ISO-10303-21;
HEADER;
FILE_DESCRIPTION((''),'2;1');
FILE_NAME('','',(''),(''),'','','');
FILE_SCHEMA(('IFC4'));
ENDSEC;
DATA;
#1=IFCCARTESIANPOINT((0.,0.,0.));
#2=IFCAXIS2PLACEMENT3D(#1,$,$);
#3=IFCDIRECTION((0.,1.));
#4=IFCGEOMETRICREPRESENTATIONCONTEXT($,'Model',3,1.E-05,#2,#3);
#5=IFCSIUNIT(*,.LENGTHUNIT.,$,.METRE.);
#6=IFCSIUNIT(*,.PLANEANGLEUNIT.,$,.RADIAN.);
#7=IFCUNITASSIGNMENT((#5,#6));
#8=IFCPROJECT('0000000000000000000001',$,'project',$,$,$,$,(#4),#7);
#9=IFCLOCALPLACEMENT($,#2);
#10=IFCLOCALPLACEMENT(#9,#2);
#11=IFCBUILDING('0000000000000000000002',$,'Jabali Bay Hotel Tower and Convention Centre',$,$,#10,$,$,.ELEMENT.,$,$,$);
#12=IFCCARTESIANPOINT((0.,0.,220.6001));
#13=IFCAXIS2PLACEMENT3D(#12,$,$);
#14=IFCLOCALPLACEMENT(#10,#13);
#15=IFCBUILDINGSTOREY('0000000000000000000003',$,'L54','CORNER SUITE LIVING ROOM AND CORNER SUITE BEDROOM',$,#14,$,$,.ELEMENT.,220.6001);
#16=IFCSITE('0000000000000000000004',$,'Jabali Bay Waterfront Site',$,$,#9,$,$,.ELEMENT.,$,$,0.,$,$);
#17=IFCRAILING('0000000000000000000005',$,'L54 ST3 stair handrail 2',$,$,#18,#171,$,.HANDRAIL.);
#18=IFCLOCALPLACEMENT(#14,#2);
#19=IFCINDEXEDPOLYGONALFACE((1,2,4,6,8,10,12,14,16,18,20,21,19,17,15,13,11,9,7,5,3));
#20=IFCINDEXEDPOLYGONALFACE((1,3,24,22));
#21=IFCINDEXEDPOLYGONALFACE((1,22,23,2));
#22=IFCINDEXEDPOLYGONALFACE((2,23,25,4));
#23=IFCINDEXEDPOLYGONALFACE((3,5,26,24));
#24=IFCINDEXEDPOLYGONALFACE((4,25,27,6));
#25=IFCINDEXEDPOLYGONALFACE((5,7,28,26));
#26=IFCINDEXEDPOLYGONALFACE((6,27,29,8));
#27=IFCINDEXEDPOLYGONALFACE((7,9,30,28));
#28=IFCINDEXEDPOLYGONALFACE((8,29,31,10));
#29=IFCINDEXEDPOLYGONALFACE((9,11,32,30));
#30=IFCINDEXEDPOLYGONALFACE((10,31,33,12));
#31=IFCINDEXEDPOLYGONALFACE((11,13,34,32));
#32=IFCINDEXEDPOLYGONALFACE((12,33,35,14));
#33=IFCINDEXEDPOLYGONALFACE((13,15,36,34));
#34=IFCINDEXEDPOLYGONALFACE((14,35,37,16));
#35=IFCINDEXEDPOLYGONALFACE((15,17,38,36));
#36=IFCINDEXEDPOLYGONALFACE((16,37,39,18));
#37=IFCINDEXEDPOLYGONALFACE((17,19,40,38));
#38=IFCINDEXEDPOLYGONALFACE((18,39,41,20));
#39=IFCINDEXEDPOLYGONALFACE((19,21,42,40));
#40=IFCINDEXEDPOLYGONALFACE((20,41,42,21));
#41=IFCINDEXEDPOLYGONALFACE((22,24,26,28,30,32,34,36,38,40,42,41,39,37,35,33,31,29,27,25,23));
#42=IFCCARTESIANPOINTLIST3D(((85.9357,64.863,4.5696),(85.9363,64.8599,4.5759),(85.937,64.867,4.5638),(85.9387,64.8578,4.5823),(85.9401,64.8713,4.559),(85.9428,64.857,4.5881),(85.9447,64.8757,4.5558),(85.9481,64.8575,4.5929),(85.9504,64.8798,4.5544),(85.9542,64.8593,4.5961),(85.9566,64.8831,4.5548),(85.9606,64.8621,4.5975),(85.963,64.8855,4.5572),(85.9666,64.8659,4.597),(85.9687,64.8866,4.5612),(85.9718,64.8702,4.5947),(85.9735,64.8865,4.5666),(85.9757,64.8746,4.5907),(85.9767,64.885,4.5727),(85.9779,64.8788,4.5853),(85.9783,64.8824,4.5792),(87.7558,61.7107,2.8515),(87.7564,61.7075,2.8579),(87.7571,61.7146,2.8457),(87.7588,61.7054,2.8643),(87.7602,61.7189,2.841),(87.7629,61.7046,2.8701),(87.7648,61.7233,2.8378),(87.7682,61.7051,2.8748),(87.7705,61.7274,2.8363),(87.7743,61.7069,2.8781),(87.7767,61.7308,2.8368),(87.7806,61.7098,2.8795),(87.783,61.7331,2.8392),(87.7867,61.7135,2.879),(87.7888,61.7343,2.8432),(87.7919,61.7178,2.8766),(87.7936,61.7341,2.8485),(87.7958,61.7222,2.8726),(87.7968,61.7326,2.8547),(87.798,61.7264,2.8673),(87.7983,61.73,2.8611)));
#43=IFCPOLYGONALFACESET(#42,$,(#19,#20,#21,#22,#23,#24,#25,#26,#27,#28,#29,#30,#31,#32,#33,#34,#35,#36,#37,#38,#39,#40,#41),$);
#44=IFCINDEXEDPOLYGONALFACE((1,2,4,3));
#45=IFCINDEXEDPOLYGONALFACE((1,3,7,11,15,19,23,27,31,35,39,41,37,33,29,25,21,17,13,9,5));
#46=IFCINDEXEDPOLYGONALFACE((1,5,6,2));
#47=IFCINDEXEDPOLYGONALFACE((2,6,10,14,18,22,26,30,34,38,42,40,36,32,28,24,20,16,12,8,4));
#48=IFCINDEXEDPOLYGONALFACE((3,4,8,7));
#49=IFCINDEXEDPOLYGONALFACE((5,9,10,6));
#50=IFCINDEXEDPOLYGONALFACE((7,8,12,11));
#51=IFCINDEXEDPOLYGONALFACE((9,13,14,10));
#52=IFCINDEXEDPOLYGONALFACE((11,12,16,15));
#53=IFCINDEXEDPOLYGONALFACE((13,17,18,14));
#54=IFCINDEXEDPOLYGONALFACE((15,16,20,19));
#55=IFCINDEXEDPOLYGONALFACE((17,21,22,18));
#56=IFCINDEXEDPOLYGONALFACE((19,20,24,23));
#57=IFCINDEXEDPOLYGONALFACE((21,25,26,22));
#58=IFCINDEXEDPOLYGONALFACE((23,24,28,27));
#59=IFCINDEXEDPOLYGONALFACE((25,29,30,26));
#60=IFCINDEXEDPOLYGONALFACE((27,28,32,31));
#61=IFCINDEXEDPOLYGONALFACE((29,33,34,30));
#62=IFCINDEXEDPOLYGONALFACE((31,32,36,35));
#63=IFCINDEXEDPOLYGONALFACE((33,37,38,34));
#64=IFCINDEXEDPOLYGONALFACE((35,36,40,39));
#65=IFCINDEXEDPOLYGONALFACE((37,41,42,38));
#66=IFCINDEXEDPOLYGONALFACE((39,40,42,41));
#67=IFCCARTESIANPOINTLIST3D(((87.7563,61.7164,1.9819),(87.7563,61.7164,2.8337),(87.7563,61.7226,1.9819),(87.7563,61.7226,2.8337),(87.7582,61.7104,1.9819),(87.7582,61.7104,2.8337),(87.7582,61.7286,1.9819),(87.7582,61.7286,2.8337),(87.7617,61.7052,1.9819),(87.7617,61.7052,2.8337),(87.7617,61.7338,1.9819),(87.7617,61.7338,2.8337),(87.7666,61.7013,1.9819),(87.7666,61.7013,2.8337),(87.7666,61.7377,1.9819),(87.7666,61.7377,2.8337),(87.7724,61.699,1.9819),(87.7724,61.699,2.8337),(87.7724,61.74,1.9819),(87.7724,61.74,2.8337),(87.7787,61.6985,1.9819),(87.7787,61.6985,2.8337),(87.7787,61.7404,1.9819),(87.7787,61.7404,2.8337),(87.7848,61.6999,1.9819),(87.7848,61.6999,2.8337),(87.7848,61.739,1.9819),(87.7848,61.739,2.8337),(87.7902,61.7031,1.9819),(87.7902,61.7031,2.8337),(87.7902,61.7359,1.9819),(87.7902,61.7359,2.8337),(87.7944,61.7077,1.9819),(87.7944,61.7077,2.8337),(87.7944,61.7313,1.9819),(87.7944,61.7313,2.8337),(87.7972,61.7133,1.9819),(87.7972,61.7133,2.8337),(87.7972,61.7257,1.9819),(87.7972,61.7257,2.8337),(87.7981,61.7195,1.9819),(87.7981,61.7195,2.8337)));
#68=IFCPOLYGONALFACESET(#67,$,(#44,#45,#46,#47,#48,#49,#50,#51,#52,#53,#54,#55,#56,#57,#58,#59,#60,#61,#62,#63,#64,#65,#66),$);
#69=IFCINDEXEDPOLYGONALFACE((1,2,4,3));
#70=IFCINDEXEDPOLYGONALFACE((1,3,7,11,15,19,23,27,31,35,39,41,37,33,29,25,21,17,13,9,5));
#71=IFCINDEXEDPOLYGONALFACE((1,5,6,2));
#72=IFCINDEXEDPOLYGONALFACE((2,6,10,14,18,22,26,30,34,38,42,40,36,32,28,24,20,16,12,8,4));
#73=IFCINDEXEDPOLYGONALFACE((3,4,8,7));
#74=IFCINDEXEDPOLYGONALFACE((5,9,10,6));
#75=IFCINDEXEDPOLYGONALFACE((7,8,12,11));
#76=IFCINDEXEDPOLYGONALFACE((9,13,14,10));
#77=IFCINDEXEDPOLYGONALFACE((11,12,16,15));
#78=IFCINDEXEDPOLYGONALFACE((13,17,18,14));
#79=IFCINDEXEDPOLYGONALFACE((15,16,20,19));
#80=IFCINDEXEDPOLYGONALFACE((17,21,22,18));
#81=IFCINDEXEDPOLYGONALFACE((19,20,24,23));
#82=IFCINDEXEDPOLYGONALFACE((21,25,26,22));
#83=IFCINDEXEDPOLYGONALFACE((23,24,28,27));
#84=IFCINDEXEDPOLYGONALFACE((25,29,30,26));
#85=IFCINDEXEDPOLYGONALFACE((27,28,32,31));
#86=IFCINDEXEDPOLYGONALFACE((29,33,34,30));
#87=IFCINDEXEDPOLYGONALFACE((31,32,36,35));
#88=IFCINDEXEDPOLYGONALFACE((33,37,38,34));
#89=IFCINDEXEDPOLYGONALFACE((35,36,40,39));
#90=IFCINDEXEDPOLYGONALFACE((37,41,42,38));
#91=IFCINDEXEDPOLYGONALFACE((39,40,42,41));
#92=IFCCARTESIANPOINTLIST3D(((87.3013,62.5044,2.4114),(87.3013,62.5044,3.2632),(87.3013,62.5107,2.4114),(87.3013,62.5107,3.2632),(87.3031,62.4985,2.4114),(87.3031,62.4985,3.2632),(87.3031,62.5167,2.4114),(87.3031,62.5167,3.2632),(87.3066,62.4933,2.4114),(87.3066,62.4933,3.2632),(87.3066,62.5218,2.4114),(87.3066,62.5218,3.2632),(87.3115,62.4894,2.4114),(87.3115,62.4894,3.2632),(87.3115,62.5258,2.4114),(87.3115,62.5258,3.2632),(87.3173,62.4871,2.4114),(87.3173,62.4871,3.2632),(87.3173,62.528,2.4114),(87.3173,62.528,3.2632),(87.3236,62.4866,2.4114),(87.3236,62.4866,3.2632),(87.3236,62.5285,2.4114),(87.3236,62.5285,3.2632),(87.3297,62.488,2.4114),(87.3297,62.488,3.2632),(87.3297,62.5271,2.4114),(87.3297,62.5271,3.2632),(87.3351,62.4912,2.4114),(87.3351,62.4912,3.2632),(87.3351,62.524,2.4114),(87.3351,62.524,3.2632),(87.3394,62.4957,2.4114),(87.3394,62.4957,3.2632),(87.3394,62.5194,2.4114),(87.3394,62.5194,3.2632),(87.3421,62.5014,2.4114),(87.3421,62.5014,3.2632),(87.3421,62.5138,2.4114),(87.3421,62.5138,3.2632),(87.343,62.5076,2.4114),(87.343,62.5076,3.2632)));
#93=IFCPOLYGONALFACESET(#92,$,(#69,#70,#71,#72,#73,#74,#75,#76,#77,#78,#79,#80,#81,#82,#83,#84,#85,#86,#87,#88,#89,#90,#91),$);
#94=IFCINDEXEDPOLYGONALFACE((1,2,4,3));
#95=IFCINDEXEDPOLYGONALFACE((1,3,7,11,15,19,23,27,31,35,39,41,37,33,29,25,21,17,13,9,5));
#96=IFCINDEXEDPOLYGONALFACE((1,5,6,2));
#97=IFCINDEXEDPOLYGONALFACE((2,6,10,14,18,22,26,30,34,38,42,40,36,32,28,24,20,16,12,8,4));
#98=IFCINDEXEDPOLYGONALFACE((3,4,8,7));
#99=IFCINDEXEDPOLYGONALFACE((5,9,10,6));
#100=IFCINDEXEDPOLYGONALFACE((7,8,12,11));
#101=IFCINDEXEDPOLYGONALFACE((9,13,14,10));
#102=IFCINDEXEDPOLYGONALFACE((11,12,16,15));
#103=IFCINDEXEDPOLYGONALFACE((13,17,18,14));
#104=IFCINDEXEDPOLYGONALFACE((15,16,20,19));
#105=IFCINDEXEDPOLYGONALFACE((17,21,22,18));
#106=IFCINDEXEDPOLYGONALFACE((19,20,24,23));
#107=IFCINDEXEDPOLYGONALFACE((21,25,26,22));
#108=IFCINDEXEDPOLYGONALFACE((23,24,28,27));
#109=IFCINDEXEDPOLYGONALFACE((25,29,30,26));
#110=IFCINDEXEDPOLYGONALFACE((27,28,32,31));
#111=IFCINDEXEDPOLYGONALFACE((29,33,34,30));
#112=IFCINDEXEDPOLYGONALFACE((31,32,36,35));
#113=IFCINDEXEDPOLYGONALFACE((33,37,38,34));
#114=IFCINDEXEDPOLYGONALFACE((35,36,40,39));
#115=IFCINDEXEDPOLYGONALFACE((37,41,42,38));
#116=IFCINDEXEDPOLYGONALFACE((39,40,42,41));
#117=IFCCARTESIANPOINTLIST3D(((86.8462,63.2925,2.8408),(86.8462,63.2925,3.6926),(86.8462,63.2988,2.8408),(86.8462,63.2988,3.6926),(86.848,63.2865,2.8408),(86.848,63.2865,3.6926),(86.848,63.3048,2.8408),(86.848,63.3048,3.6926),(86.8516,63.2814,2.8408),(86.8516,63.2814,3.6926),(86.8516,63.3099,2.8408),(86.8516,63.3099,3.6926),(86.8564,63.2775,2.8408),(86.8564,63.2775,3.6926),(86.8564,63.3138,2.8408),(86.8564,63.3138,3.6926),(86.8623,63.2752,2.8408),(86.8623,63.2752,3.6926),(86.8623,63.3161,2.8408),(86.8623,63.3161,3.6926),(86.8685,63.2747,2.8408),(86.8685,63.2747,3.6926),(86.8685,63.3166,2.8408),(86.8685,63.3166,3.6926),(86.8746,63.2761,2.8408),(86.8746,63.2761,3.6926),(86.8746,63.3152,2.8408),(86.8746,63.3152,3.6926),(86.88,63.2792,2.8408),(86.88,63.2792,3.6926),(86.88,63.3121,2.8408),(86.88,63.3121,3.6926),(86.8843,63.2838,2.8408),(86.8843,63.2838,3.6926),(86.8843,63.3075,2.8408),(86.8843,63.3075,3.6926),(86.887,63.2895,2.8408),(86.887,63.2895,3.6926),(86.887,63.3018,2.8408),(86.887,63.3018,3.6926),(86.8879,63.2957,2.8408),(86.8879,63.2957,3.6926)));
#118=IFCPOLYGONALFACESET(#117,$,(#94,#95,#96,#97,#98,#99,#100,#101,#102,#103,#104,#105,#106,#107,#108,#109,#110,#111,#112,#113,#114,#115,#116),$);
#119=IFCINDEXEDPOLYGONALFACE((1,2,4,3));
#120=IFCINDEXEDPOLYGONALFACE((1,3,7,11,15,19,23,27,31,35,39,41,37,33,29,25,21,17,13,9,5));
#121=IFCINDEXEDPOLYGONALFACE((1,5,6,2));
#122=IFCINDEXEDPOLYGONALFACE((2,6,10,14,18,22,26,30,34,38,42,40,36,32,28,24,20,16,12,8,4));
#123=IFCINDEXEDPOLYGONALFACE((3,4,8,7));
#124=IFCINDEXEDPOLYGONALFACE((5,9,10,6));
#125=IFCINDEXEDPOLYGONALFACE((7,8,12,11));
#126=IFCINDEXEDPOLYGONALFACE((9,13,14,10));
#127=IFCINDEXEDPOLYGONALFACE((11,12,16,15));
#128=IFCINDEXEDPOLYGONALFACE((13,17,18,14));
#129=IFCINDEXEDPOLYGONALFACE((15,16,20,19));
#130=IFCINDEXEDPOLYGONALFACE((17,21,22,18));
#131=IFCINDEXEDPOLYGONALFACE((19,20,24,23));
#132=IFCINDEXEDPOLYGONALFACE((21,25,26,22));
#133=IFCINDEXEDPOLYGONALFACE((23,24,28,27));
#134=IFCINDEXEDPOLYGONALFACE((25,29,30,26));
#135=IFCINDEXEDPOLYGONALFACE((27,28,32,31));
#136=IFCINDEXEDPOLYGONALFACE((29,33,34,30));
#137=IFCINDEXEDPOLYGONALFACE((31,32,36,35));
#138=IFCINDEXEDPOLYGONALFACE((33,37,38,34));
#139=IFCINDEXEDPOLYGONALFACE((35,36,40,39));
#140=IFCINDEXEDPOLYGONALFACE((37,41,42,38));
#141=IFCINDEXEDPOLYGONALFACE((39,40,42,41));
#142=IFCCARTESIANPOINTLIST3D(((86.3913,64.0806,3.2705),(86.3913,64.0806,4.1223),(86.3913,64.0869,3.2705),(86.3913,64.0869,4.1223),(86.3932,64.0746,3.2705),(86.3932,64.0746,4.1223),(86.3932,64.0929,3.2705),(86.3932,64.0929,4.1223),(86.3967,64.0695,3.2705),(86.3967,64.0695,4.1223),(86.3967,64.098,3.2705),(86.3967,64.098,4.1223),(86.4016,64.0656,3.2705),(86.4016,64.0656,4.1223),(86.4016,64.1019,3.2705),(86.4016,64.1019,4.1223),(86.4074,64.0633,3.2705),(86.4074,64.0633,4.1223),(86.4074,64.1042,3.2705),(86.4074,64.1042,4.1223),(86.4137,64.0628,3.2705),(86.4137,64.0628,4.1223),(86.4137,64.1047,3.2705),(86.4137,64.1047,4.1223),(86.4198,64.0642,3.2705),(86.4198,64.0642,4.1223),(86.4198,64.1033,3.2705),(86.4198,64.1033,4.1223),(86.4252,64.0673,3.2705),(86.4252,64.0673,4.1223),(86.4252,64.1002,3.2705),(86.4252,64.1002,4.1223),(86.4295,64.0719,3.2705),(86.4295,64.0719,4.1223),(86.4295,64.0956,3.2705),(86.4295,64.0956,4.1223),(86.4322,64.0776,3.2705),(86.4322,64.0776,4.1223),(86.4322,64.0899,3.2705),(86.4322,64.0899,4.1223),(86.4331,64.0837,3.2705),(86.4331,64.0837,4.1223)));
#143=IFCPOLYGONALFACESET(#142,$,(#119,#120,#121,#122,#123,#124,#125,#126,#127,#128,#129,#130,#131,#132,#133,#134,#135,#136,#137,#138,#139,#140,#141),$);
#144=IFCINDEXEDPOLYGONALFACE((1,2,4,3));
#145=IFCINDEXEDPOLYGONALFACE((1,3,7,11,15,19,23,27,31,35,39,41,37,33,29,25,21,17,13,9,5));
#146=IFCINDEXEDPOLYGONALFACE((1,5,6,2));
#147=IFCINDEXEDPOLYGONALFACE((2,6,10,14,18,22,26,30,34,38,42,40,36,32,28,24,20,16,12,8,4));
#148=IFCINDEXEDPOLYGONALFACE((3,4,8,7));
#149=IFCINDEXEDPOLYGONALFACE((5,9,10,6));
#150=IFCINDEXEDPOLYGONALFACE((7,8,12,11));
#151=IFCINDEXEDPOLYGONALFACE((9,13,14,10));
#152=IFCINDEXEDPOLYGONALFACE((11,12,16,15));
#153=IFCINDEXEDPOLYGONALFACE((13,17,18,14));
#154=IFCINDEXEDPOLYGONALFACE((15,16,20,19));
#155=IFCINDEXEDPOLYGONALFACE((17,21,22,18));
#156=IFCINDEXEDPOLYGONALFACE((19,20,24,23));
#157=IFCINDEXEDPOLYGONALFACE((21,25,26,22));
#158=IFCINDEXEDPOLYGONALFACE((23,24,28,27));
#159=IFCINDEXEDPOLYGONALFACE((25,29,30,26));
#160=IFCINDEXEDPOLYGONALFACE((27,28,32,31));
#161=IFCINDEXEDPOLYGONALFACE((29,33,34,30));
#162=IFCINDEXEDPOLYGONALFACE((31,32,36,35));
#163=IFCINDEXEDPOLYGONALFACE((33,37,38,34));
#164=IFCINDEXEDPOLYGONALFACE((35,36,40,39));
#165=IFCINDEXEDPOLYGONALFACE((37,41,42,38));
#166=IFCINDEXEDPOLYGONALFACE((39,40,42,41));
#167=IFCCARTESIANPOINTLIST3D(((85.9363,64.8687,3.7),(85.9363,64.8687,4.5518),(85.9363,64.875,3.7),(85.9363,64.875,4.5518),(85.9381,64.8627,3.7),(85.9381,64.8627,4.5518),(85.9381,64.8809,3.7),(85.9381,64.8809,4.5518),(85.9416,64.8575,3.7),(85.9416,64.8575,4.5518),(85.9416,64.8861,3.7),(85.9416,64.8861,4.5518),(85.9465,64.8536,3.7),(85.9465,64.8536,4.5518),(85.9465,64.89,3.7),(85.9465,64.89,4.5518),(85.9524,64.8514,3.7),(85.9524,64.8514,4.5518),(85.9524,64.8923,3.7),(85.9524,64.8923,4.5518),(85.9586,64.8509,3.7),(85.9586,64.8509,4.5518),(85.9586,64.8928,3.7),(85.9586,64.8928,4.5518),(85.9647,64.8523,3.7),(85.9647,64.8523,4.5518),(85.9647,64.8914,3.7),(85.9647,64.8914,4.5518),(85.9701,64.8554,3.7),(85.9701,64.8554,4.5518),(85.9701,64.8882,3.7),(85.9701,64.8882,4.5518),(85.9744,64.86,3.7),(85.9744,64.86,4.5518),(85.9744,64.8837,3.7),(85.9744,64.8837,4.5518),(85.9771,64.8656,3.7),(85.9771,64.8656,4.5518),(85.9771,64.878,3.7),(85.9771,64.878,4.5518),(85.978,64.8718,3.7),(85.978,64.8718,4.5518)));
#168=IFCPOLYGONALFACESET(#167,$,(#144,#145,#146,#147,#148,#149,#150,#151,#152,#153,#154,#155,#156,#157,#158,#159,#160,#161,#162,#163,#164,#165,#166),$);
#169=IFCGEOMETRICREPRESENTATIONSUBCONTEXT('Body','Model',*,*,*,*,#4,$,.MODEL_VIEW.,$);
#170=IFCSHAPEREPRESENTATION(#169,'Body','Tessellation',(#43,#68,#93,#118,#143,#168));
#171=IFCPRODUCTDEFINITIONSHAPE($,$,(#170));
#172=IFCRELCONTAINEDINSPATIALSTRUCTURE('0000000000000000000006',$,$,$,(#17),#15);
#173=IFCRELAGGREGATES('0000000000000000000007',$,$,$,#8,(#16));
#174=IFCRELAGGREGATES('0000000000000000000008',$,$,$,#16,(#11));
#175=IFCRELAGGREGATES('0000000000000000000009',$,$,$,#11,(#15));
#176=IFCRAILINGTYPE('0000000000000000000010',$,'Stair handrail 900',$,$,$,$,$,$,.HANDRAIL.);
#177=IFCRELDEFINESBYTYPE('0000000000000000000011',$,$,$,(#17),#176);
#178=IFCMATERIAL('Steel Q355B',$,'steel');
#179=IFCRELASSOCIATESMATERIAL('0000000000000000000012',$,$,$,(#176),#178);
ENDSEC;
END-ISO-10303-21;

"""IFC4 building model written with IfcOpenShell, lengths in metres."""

from ifc_helpers import new_model, si_unit, direction, frame, origin, origin_2d, place, context, subcontext, project, spatial, circle, extrude, material, type_object, element, save


model = new_model("IFC4")

# Units and contexts
model_context = context("Model", 3, precision=1e-05, world=origin(), true_north=direction((0.0, 1.0)))
body_context = subcontext(model_context, "Body", "Model", "MODEL_VIEW")
ifc_project = project(units=[si_unit("LENGTHUNIT", "METRE"), si_unit("PLANEANGLEUNIT", "RADIAN")], contexts=[model_context])

# Site, building, storey
site_placement = place(None, origin())
site = spatial("IfcSite", under=ifc_project, at=site_placement, Name="Jabali Bay Waterfront Site", CompositionType="ELEMENT", RefElevation=0.0)
building_placement = place(site_placement, origin())
building = spatial("IfcBuilding", under=site, at=building_placement, Name="Jabali Bay Hotel Tower and Convention Centre", CompositionType="ELEMENT")
storey_placement = place(building_placement, frame((0.0, 0.0, 220.6001)))
storey = spatial("IfcBuildingStorey", under=building, at=storey_placement, Name="L54", Description="CORNER SUITE LIVING ROOM AND CORNER SUITE BEDROOM", CompositionType="ELEMENT", Elevation=220.6001)

# Railing
ifc_material_1 = material(Name="Steel Q355B", Category="steel")
railing_type_1 = type_object("IfcRailingType", Name="Stair handrail 900", PredefinedType="HANDRAIL", material=ifc_material_1)
railing_1_placement = place(storey_placement, frame((87.7771, 61.7195, 1.9819)))
element("IfcRailing", 1, at=railing_1_placement, inside=storey, type_object=railing_type_1, Name="L54 ST3 stair handrail 2", PredefinedType="HANDRAIL", context=body_context, shape_type="SweptSolid", body=[
    extrude(circle(Radius=0.0239, at=origin_2d()), frame((0.0, 0.0, 0.876), z_axis=(-0.452179, 0.78317, 0.426825), x_axis=(-0.866018, -0.500013, 0.0)), (0.0, 0.0, 1.0), 4.0251),
    extrude(circle(Radius=0.021, at=origin_2d()), origin(), (0.0, 0.0, 1.0), 0.8518),
    extrude(circle(Radius=0.021, at=origin_2d()), frame((-0.4551, 0.7881, 0.4294)), (0.0, 0.0, 1.0), 0.8518),
    extrude(circle(Radius=0.021, at=origin_2d()), frame((-0.9102, 1.5762, 0.8589)), (0.0, 0.0, 1.0), 0.8518),
    extrude(circle(Radius=0.021, at=origin_2d()), frame((-1.365, 2.3643, 1.2886)), (0.0, 0.0, 1.0), 0.8518),
    extrude(circle(Radius=0.021, at=origin_2d()), frame((-1.8201, 3.1523, 1.718)), (0.0, 0.0, 1.0), 0.8518),
])

save(model, "model.ifc")
